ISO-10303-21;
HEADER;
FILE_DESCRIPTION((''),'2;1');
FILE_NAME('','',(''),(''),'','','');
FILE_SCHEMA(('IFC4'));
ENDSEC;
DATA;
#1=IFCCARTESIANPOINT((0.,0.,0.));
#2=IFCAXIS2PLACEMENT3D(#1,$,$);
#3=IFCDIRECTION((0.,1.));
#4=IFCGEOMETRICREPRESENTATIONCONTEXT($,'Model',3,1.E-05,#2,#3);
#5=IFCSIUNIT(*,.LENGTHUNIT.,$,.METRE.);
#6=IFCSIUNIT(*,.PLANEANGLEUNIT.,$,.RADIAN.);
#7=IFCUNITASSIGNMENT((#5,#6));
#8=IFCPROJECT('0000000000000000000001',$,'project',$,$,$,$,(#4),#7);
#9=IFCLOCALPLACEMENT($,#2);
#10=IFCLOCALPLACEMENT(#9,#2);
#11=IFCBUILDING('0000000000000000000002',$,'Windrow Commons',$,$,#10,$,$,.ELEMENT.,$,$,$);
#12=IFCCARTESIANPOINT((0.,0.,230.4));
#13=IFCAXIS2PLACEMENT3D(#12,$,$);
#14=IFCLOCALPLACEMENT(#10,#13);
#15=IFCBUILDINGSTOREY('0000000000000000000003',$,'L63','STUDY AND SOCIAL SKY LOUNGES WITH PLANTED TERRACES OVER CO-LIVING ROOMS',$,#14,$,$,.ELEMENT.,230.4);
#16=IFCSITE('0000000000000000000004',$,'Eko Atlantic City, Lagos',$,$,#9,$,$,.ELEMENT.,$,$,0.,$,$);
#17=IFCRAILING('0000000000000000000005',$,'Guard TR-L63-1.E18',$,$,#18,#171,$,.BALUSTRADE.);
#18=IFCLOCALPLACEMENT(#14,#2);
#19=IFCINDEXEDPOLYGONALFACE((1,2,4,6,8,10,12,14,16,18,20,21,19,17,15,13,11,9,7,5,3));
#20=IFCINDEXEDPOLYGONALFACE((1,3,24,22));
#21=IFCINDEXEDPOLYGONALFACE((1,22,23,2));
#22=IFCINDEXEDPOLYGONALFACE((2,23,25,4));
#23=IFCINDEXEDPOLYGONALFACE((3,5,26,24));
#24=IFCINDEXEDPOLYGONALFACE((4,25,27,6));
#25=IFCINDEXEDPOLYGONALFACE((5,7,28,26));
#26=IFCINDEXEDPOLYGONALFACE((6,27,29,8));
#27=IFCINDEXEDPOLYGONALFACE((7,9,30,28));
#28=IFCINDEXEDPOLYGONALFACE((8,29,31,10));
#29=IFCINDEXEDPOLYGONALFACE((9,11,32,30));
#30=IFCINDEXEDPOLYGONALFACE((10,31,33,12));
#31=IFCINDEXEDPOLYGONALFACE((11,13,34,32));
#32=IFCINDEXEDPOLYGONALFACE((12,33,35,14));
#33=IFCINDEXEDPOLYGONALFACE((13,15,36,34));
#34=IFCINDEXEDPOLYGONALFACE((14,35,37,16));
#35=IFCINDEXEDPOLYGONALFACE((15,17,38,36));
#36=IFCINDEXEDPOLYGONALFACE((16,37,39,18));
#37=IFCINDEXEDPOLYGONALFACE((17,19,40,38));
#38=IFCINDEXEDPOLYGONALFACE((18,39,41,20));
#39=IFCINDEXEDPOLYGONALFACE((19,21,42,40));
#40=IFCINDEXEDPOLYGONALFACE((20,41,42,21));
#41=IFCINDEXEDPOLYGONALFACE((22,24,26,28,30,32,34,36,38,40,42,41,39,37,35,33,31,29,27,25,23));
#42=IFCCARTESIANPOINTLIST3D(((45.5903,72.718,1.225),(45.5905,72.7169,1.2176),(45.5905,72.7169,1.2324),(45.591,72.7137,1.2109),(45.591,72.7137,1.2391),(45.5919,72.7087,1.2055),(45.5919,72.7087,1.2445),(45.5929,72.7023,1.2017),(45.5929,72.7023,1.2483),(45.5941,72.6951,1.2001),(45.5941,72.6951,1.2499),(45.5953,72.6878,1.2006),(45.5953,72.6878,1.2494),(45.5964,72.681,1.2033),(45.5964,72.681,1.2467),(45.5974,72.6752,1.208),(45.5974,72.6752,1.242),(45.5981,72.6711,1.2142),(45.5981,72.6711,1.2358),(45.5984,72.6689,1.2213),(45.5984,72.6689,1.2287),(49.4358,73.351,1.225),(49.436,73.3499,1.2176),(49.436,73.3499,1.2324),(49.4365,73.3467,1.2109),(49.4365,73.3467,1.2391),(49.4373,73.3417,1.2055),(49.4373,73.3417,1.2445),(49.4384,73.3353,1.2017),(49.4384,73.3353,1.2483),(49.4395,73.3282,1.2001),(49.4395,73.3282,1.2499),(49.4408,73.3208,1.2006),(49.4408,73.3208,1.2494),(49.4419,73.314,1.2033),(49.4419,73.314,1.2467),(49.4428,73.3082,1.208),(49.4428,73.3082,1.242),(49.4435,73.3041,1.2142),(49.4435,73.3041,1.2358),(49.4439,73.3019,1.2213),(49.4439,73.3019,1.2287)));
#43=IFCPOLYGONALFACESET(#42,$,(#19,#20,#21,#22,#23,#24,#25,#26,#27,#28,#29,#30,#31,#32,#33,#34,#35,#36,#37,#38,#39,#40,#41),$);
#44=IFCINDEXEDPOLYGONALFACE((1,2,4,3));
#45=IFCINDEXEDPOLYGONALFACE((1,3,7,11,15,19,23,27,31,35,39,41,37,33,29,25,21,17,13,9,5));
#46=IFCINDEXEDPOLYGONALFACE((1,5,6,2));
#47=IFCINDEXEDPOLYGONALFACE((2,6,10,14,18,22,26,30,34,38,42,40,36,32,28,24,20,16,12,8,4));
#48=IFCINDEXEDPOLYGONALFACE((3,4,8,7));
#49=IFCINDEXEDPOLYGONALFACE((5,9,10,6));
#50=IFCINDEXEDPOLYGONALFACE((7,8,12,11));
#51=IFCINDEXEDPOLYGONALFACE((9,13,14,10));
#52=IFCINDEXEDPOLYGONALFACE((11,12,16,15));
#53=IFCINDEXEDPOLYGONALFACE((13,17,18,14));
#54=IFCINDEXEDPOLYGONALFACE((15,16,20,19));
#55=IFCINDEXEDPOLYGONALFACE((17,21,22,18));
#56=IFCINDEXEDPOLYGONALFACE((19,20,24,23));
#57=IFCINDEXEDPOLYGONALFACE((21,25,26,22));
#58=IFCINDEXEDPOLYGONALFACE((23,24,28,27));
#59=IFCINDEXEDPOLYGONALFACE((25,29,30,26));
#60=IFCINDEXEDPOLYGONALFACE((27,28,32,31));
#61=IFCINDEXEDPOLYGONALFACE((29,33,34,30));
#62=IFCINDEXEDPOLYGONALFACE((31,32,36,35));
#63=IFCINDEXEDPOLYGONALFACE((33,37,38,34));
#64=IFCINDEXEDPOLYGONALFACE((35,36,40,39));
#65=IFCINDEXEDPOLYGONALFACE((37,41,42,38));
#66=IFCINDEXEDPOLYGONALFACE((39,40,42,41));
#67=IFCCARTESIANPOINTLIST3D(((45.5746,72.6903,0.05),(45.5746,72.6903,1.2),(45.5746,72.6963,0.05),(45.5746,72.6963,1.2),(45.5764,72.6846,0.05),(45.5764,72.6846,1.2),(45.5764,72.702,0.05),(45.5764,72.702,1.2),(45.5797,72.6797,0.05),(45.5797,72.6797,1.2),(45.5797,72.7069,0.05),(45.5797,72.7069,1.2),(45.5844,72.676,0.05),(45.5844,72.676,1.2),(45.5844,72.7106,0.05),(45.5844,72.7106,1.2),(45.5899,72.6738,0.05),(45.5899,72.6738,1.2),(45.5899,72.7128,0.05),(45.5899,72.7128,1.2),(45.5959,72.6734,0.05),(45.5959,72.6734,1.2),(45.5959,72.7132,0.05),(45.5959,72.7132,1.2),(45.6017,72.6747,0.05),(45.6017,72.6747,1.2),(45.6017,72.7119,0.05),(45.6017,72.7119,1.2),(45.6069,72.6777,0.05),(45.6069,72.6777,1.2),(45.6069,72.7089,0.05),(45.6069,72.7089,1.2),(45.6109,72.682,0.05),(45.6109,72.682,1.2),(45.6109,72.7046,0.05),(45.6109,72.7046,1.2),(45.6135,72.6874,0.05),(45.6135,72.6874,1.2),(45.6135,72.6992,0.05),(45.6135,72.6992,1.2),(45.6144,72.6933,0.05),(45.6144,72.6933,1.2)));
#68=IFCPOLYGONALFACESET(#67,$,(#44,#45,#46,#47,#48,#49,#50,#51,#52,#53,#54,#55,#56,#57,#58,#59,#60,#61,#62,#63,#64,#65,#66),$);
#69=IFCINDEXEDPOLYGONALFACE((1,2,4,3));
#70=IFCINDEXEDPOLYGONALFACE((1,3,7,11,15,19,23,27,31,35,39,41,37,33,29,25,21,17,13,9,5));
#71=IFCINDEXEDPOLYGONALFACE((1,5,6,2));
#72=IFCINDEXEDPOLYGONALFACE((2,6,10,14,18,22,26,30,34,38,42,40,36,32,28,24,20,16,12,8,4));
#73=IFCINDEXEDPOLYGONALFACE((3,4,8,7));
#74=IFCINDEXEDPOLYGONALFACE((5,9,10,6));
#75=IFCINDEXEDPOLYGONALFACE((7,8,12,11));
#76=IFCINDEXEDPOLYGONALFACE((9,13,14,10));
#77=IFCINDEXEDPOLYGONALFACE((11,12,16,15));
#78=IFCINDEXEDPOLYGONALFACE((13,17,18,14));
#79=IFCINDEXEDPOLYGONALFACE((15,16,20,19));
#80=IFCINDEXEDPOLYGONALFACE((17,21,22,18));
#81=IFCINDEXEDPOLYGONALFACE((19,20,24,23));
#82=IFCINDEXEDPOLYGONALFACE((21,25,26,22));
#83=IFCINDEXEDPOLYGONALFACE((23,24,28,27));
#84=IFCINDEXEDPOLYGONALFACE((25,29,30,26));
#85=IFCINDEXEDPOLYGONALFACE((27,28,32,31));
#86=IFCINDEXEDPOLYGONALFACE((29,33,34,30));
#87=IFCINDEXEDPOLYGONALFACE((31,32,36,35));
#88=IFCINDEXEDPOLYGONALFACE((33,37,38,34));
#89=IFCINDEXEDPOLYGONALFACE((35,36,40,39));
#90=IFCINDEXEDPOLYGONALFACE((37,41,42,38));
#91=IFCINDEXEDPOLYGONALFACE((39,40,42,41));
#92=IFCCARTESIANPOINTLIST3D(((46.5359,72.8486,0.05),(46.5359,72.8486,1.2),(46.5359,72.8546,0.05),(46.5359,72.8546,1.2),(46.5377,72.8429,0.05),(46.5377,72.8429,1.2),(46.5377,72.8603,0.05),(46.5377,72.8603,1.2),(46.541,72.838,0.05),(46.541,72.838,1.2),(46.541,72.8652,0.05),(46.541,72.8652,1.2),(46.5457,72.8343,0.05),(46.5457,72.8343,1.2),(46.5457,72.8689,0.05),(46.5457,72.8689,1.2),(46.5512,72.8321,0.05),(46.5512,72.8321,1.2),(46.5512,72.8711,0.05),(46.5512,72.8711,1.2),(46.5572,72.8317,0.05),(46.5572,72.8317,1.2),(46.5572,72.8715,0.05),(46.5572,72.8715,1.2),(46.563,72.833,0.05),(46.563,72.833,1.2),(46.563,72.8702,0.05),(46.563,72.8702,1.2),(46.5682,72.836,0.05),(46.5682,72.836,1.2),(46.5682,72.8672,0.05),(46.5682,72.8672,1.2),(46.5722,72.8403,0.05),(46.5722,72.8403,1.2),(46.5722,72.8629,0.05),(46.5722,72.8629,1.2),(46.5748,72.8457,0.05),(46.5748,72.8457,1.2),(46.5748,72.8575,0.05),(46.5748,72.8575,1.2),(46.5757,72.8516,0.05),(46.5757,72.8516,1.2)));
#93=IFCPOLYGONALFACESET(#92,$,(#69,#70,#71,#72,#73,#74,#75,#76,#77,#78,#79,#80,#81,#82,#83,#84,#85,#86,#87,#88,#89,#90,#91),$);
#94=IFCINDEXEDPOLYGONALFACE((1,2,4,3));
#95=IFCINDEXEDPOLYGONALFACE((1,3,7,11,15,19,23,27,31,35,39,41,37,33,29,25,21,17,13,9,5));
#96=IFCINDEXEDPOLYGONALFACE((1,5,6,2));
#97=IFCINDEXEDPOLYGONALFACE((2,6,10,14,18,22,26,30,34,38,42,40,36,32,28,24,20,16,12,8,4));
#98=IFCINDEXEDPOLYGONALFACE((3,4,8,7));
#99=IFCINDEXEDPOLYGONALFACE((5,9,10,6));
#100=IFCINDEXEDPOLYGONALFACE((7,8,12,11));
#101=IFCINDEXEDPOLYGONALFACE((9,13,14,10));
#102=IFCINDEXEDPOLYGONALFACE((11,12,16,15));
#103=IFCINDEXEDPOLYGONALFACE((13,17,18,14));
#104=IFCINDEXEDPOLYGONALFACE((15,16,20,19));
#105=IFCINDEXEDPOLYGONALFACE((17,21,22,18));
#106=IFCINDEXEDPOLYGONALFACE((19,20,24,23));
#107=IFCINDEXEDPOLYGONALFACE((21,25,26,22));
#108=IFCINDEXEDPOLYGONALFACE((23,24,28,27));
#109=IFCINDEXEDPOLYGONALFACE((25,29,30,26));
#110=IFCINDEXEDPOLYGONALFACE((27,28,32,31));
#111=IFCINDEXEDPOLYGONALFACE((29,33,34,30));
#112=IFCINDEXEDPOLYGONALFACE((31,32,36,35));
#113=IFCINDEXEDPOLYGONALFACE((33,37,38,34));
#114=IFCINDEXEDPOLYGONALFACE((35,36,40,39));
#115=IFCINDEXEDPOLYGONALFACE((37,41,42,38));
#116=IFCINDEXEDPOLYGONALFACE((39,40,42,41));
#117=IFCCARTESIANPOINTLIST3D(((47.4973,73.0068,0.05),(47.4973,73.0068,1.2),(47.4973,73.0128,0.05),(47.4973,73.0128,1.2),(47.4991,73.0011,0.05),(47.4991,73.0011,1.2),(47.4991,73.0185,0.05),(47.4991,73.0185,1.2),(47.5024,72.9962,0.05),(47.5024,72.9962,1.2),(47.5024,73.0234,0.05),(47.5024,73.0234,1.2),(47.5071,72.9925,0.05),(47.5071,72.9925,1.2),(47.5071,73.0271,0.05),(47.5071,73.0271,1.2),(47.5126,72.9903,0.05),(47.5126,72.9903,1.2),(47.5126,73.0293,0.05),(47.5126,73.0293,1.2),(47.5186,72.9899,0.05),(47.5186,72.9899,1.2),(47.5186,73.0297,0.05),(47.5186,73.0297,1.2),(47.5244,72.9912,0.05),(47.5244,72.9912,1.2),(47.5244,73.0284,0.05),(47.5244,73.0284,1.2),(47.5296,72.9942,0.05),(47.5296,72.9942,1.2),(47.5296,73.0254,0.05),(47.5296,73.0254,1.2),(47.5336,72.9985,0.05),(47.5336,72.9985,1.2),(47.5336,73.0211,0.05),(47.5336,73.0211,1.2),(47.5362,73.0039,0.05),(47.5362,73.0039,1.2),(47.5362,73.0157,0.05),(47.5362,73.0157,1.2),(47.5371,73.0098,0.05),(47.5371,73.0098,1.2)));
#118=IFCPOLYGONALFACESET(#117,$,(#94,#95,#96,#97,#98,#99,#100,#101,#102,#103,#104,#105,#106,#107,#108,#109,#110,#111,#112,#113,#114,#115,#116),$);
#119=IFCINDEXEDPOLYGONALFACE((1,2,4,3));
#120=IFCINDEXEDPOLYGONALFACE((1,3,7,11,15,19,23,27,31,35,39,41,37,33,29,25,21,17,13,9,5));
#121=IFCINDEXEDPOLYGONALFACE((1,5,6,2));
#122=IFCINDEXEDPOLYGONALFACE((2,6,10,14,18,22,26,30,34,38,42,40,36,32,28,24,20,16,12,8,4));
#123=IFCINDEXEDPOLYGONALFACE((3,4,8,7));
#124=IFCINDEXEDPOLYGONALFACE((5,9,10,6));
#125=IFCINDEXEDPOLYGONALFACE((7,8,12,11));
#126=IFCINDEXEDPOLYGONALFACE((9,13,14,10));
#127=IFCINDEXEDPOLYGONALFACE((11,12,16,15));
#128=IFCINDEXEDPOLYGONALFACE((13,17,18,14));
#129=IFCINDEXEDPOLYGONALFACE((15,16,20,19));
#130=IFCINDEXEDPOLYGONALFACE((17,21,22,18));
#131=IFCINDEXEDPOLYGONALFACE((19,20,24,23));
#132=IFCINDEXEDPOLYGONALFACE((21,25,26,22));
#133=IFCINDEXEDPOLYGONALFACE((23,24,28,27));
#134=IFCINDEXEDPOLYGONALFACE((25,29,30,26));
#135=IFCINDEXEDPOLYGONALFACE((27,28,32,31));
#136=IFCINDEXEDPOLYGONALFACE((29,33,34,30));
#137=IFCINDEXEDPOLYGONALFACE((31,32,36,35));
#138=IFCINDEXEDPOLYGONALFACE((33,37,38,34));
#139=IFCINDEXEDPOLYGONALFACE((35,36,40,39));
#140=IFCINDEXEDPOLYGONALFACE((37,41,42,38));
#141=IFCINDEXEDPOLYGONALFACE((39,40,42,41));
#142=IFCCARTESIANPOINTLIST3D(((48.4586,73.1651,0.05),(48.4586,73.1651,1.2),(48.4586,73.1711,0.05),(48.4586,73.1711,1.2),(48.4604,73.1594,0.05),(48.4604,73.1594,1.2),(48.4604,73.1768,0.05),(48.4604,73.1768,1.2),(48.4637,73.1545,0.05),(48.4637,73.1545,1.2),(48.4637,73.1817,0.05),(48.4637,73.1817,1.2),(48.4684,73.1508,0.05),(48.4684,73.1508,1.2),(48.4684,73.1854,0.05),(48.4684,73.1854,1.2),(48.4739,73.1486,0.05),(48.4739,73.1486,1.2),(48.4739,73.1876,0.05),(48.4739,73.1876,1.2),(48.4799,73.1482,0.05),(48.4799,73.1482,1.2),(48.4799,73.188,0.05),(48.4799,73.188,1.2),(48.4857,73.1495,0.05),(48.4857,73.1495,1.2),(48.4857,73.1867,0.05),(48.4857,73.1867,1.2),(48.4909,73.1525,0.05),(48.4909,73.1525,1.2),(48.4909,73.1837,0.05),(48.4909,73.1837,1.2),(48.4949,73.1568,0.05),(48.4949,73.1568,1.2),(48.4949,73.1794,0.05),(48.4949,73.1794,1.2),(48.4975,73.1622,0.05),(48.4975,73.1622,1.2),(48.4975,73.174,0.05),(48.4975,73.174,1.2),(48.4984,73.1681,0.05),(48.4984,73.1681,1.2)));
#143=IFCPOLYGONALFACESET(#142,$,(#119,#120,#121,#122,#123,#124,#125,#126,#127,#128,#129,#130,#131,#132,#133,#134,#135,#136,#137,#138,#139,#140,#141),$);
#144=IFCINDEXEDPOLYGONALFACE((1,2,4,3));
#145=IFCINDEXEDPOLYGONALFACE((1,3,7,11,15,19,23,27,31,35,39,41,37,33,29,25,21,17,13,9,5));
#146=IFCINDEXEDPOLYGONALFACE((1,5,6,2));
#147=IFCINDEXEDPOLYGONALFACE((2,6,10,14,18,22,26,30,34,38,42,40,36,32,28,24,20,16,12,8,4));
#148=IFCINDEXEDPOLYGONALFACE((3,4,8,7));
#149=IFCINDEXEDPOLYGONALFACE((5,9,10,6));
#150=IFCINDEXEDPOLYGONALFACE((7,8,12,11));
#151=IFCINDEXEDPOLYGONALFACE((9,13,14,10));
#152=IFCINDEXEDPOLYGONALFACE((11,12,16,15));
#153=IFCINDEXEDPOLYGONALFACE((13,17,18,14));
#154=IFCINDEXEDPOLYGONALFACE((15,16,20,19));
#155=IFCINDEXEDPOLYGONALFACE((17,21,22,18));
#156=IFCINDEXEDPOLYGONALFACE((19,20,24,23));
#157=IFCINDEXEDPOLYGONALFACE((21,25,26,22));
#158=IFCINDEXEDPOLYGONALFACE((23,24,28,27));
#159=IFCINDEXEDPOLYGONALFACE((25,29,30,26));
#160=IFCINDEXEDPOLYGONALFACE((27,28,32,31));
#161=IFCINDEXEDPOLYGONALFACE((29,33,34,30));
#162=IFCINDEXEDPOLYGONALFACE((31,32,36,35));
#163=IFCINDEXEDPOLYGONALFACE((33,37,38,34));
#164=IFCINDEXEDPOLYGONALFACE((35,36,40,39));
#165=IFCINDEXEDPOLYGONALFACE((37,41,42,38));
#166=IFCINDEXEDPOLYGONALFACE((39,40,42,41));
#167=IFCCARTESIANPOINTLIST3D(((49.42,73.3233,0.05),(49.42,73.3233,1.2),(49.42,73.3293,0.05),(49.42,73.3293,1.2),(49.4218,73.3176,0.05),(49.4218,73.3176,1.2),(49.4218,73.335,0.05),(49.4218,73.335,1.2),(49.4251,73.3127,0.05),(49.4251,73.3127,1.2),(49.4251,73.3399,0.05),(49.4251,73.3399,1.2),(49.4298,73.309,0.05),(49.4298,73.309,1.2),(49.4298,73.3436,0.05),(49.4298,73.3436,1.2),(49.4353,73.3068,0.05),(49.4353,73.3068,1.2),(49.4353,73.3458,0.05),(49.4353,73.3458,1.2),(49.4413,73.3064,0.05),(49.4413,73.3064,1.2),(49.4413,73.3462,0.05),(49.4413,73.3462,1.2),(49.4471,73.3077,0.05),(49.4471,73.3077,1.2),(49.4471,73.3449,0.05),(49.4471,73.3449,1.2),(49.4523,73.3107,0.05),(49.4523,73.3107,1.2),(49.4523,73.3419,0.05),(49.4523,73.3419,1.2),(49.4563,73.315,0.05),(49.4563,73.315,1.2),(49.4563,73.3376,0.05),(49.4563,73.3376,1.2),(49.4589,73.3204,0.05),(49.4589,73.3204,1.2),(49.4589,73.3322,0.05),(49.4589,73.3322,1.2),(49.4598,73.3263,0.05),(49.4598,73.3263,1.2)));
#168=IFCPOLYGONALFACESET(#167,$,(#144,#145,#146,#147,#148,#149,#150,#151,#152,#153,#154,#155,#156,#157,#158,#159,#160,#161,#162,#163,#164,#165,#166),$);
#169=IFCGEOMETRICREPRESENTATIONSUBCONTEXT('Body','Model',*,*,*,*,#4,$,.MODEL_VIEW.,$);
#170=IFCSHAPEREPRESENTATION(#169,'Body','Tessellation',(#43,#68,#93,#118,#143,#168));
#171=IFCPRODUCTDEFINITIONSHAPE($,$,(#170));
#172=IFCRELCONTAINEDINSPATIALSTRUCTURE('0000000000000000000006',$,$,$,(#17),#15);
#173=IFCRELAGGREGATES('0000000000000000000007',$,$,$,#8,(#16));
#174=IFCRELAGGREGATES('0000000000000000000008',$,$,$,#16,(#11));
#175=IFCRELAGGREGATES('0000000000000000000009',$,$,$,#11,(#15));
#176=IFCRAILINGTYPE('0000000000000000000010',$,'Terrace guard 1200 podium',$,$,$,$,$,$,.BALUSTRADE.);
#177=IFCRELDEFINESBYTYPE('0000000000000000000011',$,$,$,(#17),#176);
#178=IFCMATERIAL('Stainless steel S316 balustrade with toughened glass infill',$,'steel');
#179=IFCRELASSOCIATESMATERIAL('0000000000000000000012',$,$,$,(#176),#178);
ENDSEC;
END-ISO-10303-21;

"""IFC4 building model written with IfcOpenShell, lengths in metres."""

from ifc_helpers import new_model, si_unit, direction, frame, origin, origin_2d, place, context, subcontext, project, spatial, circle, extrude, material, type_object, element, save


model = new_model("IFC4")

# Units and contexts
model_context = context("Model", 3, precision=1e-05, world=origin(), true_north=direction((0.0, 1.0)))
body_context = subcontext(model_context, "Body", "Model", "MODEL_VIEW")
ifc_project = project(units=[si_unit("LENGTHUNIT", "METRE"), si_unit("PLANEANGLEUNIT", "RADIAN")], contexts=[model_context])

# Site, building, storey
site_placement = place(None, origin())
site = spatial("IfcSite", under=ifc_project, at=site_placement, Name="Eko Atlantic City, Lagos", CompositionType="ELEMENT", RefElevation=0.0)
building_placement = place(site_placement, origin())
building = spatial("IfcBuilding", under=site, at=building_placement, Name="Windrow Commons", CompositionType="ELEMENT")
storey_placement = place(building_placement, frame((0.0, 0.0, 230.4)))
storey = spatial("IfcBuildingStorey", under=building, at=storey_placement, Name="L63", Description="STUDY AND SOCIAL SKY LOUNGES WITH PLANTED TERRACES OVER CO-LIVING ROOMS", CompositionType="ELEMENT", Elevation=230.4)

# Railing
ifc_material_1 = material(Name="Stainless steel S316 balustrade with toughened glass infill", Category="steel")
railing_type = type_object("IfcRailingType", Name="Terrace guard 1200 podium", PredefinedType="BALUSTRADE", material=ifc_material_1)
railing_1_placement = place(storey_placement, frame((45.5944, 72.6933, 0.05)))
element("IfcRailing", 1, at=railing_1_placement, inside=storey, type_object=railing_type, Name="Guard TR-L63-1.E18", PredefinedType="BALUSTRADE", context=body_context, shape_type="SweptSolid", body=[
    extrude(circle(Radius=0.025, at=origin_2d()), frame((0.0, 0.0, 1.175), z_axis=(0.986721, 0.162426, 0.0), x_axis=(-0.162426, 0.986721, 0.0)), (0.0, 0.0, 1.0), 3.8972),
    extrude(circle(Radius=0.02, at=origin_2d()), origin(), (0.0, 0.0, 1.0), 1.15),
    extrude(circle(Radius=0.02, at=origin_2d()), frame((0.9613, 0.1583, 0.0)), (0.0, 0.0, 1.0), 1.15),
    extrude(circle(Radius=0.02, at=origin_2d()), frame((1.9227, 0.3165, 0.0)), (0.0, 0.0, 1.0), 1.15),
    extrude(circle(Radius=0.02, at=origin_2d()), frame((2.884, 0.4748, 0.0)), (0.0, 0.0, 1.0), 1.15),
    extrude(circle(Radius=0.02, at=origin_2d()), frame((3.8454, 0.633, 0.0)), (0.0, 0.0, 1.0), 1.15),
])

save(model, "model.ifc")
